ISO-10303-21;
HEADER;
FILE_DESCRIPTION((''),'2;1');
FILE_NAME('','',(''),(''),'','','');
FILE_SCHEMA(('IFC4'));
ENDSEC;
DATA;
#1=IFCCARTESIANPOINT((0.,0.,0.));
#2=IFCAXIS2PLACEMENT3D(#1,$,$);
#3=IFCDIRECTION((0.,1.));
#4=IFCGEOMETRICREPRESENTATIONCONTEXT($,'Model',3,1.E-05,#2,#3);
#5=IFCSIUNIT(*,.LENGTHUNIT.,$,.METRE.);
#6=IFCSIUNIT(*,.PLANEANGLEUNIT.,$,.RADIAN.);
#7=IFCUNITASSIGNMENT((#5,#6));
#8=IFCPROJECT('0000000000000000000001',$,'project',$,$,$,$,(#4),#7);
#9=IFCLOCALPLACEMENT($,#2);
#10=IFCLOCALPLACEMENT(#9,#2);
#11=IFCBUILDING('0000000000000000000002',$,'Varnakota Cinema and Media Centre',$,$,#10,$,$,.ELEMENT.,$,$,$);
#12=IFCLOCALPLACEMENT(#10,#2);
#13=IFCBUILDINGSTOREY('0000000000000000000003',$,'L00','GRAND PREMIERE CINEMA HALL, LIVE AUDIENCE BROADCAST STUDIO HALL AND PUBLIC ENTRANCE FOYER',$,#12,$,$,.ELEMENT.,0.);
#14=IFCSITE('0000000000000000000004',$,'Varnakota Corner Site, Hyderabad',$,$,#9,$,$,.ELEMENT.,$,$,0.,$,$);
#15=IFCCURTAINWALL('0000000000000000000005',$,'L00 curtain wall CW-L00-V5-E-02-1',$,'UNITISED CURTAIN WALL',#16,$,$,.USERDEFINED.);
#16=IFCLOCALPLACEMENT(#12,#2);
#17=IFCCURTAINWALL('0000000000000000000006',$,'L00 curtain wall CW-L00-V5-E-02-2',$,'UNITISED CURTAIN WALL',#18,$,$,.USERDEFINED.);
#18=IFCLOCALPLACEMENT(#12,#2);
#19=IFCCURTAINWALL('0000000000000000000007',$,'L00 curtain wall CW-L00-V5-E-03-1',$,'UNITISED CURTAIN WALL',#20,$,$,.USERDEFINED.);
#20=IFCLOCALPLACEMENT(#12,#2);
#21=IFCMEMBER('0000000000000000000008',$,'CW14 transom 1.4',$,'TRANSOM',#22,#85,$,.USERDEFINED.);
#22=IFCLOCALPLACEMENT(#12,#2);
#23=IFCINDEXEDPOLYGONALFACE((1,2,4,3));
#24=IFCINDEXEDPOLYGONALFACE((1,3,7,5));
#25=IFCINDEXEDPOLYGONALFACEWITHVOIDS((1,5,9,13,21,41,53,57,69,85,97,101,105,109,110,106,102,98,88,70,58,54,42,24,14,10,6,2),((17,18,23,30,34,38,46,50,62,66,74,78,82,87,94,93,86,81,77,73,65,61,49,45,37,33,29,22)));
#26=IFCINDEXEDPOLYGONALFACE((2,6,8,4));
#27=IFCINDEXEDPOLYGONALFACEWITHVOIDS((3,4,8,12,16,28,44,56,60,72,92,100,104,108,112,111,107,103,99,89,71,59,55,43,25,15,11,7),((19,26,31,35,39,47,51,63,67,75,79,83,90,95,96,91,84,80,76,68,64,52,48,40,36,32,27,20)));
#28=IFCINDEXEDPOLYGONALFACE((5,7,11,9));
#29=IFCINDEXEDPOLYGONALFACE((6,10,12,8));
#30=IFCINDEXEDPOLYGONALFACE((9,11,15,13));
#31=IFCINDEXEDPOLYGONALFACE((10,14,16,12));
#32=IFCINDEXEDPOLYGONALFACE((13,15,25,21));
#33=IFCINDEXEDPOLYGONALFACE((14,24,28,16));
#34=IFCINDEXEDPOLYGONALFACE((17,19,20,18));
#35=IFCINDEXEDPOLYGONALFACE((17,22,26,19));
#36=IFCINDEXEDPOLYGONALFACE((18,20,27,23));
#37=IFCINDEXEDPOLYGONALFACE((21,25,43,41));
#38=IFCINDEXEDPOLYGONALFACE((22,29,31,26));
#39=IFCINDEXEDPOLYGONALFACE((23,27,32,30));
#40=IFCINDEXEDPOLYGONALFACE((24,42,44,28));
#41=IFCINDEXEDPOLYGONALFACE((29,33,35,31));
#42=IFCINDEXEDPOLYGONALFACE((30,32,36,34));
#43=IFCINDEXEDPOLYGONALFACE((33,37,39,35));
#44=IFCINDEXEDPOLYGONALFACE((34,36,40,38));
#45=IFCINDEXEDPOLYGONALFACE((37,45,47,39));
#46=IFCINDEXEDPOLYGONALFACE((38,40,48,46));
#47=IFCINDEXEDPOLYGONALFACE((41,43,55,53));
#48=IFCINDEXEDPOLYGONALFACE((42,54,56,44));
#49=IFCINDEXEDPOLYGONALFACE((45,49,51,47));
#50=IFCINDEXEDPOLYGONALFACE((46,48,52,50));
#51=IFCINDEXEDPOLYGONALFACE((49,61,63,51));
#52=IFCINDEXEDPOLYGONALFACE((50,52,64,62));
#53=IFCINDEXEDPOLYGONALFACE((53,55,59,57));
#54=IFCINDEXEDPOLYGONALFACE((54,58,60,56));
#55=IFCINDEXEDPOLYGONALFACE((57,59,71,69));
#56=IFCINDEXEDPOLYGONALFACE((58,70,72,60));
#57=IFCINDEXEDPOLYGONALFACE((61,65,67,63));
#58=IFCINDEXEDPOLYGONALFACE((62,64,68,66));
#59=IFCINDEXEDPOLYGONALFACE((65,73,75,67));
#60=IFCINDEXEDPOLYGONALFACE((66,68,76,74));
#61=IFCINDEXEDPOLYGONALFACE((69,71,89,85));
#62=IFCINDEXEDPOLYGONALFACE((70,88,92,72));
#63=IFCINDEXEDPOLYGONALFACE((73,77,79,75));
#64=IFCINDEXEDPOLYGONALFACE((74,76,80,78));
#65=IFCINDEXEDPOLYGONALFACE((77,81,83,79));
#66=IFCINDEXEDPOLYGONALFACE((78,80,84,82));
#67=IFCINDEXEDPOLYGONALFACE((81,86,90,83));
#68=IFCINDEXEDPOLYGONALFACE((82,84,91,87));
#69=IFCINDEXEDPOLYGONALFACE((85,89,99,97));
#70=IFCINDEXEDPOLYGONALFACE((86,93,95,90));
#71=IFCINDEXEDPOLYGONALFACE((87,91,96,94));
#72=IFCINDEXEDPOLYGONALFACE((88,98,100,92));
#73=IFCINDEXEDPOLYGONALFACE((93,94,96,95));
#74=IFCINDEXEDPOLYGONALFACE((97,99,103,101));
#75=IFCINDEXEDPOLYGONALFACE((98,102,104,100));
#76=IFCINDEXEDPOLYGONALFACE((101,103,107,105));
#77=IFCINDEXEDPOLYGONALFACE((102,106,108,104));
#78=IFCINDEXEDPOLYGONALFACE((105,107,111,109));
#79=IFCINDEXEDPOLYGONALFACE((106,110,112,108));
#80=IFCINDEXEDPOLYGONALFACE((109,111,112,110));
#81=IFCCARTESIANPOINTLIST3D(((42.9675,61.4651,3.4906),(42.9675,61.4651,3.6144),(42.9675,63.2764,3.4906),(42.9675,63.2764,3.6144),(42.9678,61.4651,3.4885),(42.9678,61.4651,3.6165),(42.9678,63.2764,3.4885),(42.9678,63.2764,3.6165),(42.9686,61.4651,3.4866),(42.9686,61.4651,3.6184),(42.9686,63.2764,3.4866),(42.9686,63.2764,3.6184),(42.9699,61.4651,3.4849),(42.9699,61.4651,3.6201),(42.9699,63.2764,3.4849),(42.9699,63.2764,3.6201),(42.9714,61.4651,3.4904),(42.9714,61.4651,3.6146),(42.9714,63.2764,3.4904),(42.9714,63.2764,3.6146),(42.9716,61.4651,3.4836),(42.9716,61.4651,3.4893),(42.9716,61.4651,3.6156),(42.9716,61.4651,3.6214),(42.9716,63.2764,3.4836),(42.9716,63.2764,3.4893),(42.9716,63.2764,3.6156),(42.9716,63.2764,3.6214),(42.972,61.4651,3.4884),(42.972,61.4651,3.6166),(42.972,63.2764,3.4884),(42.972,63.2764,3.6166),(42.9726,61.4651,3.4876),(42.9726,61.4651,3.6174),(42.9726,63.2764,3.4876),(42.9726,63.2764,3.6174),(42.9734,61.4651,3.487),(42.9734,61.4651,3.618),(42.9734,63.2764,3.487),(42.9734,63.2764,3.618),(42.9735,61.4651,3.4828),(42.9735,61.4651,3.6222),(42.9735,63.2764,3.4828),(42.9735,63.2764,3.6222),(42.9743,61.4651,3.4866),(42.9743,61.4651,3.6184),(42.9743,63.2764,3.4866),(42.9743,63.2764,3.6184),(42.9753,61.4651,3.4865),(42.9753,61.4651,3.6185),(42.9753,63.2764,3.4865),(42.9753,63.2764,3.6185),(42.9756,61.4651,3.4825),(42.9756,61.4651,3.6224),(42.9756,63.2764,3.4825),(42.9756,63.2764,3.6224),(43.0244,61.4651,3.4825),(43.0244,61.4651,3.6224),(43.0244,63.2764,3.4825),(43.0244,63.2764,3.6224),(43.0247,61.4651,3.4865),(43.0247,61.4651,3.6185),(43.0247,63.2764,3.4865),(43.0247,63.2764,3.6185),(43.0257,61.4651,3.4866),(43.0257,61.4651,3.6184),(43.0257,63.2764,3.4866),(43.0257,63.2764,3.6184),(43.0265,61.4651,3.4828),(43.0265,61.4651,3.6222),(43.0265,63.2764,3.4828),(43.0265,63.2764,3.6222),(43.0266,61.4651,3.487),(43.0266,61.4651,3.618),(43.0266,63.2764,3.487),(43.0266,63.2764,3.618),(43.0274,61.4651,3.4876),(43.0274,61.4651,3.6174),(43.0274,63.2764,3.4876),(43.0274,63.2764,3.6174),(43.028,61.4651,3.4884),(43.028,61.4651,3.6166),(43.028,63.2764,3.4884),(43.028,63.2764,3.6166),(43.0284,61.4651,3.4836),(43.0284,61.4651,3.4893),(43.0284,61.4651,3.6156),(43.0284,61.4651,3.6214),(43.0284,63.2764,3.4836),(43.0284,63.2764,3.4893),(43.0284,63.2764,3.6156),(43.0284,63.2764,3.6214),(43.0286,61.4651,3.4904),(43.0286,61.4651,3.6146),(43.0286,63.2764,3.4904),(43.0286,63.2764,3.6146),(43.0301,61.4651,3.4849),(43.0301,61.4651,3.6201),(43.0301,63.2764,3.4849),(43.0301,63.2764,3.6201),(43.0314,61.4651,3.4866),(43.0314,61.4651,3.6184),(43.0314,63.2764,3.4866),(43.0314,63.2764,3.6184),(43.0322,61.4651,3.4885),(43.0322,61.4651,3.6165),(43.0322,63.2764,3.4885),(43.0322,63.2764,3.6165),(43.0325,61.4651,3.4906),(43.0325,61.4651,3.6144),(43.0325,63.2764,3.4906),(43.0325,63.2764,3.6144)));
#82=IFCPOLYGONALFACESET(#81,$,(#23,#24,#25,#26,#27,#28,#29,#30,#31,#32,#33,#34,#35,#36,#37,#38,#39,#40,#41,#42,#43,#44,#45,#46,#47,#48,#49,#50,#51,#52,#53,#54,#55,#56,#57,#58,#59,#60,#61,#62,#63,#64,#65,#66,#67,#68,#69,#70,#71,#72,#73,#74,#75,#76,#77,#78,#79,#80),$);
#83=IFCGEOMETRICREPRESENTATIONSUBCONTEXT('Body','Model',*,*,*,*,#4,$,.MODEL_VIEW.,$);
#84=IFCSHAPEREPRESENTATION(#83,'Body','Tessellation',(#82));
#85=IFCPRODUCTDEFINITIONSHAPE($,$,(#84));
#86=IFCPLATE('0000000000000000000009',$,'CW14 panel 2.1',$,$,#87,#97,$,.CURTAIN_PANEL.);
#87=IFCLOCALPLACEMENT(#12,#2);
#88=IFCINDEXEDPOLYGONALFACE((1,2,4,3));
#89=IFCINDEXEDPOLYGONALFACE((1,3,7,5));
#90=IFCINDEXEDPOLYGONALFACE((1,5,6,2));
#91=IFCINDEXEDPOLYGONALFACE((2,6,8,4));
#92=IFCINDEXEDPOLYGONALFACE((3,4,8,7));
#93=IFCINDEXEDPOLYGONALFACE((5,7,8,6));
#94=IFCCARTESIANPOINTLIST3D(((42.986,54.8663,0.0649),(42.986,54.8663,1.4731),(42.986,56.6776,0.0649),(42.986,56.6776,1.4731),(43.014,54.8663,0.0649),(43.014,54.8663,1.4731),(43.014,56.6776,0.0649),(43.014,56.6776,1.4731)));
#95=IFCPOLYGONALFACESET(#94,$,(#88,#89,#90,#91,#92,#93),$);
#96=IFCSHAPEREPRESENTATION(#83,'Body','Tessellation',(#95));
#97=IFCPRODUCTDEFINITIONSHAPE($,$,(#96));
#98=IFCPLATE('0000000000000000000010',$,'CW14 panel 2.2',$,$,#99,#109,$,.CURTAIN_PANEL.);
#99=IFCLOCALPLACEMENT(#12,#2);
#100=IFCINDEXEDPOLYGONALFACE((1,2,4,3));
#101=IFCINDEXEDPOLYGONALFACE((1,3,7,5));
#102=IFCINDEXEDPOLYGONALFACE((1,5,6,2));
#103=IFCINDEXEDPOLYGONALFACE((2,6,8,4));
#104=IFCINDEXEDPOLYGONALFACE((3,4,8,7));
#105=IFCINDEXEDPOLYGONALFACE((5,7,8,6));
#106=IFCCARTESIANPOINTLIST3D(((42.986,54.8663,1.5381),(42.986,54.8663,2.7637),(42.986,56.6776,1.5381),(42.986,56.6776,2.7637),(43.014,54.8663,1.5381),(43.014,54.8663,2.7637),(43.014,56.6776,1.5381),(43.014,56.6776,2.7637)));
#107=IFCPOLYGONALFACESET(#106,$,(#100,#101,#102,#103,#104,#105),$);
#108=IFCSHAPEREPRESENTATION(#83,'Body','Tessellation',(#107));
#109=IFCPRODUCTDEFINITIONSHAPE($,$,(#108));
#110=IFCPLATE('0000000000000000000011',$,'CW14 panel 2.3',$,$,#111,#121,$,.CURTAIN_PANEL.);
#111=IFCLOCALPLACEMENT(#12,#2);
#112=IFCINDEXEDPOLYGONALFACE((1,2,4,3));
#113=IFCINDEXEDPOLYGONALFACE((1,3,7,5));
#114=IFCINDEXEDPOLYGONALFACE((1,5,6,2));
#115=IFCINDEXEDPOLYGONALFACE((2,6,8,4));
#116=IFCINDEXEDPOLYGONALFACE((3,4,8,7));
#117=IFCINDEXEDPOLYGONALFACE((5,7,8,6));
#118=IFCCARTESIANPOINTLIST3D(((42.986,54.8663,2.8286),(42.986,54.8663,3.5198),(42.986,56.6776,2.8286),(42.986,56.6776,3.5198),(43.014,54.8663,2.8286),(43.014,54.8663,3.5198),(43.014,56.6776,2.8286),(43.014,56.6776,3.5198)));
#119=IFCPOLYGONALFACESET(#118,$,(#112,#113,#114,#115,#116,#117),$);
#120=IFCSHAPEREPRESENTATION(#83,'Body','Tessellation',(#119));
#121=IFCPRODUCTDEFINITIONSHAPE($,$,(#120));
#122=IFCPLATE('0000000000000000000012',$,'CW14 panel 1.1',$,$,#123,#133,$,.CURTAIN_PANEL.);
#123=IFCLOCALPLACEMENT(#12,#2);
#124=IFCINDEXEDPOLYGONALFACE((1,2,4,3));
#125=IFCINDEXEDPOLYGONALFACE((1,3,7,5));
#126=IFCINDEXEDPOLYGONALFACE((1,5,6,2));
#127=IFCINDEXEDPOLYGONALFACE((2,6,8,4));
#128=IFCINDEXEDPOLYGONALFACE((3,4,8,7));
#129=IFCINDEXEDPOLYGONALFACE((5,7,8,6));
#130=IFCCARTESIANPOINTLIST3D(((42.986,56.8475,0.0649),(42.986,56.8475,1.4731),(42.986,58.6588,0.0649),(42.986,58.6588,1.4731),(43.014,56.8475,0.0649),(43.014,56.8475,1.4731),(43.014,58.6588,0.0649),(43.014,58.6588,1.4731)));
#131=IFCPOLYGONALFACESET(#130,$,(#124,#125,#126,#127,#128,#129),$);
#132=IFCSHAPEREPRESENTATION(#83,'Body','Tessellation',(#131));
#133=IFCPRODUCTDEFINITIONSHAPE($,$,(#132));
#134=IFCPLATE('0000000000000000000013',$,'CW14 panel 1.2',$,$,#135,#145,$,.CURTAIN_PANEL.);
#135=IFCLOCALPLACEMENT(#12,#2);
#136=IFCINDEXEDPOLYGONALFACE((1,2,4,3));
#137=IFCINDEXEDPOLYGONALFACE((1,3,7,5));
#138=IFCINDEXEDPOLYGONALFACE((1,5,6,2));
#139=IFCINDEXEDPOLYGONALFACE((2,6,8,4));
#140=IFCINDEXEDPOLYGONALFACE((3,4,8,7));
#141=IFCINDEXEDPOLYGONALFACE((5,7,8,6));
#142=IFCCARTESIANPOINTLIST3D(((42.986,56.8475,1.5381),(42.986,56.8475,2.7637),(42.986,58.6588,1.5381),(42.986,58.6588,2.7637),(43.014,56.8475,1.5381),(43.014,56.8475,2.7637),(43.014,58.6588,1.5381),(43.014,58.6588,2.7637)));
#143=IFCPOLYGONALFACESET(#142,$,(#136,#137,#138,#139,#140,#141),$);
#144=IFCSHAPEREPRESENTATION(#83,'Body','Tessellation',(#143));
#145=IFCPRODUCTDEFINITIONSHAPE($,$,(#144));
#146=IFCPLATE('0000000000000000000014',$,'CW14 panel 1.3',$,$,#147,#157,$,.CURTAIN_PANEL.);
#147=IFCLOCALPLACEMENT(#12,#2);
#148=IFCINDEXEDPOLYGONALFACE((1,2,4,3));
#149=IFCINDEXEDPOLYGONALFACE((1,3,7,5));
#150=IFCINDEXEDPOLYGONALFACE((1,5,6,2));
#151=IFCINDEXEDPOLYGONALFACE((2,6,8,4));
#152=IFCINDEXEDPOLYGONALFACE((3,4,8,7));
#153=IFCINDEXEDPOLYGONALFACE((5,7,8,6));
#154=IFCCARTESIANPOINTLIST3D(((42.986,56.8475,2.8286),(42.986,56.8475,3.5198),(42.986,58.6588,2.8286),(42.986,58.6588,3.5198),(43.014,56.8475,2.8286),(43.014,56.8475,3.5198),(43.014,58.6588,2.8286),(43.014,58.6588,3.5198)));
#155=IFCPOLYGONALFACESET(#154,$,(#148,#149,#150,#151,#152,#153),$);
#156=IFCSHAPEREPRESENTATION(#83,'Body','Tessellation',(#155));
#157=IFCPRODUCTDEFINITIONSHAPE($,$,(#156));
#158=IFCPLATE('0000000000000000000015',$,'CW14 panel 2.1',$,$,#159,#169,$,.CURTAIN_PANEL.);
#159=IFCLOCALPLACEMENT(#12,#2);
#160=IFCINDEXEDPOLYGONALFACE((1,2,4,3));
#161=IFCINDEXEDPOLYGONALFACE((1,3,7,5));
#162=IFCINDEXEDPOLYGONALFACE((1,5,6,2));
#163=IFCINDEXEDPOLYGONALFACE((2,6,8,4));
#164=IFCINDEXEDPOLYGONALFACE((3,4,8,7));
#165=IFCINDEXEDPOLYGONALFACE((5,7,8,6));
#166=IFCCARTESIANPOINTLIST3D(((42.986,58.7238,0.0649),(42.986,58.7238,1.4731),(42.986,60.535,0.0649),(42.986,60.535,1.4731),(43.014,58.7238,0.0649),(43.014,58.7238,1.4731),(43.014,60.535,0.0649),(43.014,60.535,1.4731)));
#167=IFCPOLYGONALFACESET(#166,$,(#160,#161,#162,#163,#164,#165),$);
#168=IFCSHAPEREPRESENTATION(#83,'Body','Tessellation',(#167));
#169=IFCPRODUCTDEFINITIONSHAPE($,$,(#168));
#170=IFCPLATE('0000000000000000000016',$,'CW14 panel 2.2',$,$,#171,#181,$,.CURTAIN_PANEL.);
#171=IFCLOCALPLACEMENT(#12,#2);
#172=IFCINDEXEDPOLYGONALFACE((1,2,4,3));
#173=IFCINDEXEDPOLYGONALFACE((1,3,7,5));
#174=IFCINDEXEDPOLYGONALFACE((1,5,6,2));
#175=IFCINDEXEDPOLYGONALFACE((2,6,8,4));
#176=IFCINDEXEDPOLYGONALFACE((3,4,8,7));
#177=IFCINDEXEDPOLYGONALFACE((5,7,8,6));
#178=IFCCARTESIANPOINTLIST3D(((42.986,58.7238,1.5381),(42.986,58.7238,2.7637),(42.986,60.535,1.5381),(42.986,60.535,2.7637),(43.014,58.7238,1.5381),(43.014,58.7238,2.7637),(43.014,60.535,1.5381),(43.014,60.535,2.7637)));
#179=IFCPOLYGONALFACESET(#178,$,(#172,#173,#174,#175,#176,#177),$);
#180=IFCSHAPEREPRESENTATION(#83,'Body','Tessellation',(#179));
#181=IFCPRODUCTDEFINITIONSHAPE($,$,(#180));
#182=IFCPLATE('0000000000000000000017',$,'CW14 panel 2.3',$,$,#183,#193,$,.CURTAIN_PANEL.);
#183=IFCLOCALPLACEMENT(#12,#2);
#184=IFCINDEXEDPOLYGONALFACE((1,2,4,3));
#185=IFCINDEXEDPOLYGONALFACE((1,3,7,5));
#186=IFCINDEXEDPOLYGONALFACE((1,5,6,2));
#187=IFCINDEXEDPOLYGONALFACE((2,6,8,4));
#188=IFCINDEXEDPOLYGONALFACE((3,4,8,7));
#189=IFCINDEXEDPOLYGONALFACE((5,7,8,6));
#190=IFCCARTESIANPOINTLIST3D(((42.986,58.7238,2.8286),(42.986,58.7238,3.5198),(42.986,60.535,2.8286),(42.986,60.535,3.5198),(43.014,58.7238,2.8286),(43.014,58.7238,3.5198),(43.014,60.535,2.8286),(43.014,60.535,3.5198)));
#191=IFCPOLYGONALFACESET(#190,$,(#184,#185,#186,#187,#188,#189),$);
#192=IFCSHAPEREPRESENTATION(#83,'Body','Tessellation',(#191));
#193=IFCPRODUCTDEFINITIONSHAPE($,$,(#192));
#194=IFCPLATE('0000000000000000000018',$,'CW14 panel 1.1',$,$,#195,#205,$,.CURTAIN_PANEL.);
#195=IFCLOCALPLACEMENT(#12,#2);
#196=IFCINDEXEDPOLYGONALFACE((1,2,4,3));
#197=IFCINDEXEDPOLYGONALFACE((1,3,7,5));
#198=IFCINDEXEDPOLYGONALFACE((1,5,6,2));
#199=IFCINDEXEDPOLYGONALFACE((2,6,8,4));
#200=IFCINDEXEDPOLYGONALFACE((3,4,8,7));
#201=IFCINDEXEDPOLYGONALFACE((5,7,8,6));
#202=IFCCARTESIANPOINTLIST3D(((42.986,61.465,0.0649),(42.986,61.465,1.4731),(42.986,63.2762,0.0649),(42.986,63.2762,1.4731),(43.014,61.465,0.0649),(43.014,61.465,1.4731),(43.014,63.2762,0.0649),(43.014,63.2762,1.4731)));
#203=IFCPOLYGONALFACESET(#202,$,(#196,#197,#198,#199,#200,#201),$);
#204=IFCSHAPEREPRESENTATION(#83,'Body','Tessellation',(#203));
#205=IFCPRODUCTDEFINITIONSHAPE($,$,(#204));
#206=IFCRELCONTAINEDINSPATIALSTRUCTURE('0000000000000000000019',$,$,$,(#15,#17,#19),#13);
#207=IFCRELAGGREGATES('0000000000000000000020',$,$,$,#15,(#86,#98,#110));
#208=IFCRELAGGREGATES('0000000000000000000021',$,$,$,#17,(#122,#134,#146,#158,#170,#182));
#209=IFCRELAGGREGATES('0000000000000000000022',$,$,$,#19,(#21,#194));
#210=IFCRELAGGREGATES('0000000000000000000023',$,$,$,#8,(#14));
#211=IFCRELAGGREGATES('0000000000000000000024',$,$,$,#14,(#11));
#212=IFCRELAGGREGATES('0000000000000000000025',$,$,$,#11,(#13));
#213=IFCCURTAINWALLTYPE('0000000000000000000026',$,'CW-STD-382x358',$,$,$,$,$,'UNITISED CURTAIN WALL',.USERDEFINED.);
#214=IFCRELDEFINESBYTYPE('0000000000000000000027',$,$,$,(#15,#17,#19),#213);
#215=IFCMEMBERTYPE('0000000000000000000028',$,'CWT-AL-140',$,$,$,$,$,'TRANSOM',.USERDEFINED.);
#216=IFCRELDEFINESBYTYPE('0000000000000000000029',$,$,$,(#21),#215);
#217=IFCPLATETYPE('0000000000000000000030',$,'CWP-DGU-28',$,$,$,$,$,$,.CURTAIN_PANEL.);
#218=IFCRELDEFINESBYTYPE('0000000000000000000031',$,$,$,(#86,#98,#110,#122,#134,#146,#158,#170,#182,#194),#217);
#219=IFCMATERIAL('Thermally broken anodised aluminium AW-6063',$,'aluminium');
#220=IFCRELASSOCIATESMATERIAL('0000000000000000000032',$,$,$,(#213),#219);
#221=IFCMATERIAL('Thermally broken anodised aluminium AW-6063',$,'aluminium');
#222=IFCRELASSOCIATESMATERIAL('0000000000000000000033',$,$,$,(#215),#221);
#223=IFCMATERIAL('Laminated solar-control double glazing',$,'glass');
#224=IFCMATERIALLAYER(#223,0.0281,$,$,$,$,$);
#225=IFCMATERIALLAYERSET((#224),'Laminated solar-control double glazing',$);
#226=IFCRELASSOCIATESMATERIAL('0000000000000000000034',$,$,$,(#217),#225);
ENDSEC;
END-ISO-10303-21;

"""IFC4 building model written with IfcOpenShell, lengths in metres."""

from ifc_helpers import new_model, si_unit, direction, frame, origin, origin_2d, place, context, subcontext, project, spatial, rectangle, hollow_rectangle, extrude, material, layer, layer_set, material_profile, profile_set, type_object, element, aggregate, save


model = new_model("IFC4")

# Units and contexts
model_context = context("Model", 3, precision=1e-05, world=origin(), true_north=direction((0.0, 1.0)))
body_context = subcontext(model_context, "Body", "Model", "MODEL_VIEW")
ifc_project = project(units=[si_unit("LENGTHUNIT", "METRE"), si_unit("PLANEANGLEUNIT", "RADIAN")], contexts=[model_context])

# Site, building, storey
site_placement = place(None, origin())
site = spatial("IfcSite", under=ifc_project, at=site_placement, Name="Varnakota Corner Site, Hyderabad", CompositionType="ELEMENT", RefElevation=0.0)
building_placement = place(site_placement, origin())
building = spatial("IfcBuilding", under=site, at=building_placement, Name="Varnakota Cinema and Media Centre", CompositionType="ELEMENT")
storey_placement = place(building_placement, origin())
storey = spatial("IfcBuildingStorey", under=building, at=storey_placement, Name="L00", Description="GRAND PREMIERE CINEMA HALL, LIVE AUDIENCE BROADCAST STUDIO HALL AND PUBLIC ENTRANCE FOYER", CompositionType="ELEMENT", Elevation=0.0)

# Curtain wall
ifc_material_1 = material(Name="Thermally broken anodised aluminium AW-6063", Category="aluminium")
curtain_wall_type = type_object("IfcCurtainWallType", Name="CW-STD-382x358", ElementType="UNITISED CURTAIN WALL", PredefinedType="USERDEFINED", material=ifc_material_1)
curtain_wall_1_placement = place(storey_placement, origin())
curtain_wall_1 = element("IfcCurtainWall", 1, at=curtain_wall_1_placement, inside=storey, type_object=curtain_wall_type, Name="L00 curtain wall CW-L00-V5-E-02-1", ObjectType="UNITISED CURTAIN WALL", PredefinedType="USERDEFINED")

# Curtain walls
curtain_wall_2_placement = place(storey_placement, origin())
curtain_wall_2 = element("IfcCurtainWall", 2, at=curtain_wall_2_placement, inside=storey, type_object=curtain_wall_type, Name="L00 curtain wall CW-L00-V5-E-02-2", ObjectType="UNITISED CURTAIN WALL", PredefinedType="USERDEFINED")
curtain_wall_3_placement = place(storey_placement, origin())
curtain_wall_3 = element("IfcCurtainWall", 3, at=curtain_wall_3_placement, inside=storey, type_object=curtain_wall_type, Name="L00 curtain wall CW-L00-V5-E-03-1", ObjectType="UNITISED CURTAIN WALL", PredefinedType="USERDEFINED")

# Member
ifc_material_2 = material(Name="Thermally broken anodised aluminium AW-6063", Category="aluminium")
ifc_material_profile_1 = material_profile(ifc_material_2, hollow_rectangle(XDim=0.0649, YDim=0.1399, WallThickness=0.0039, InnerFilletRadius=0.0039, OuterFilletRadius=0.0081, at=origin_2d()), Name="AL-TRANSOM 140x65x4")
ifc_profile_set_1 = profile_set([ifc_material_profile_1], Name="Thermally broken anodised aluminium AW-6063")
member_type_1 = type_object("IfcMemberType", Name="CWT-AL-140", ElementType="TRANSOM", PredefinedType="USERDEFINED", material=ifc_profile_set_1)
member_1_placement = place(storey_placement, frame((43.0, 61.4651, 3.5525), z_axis=(0.0, 1.0, 0.0), x_axis=(-1.0, 0.0, 0.0)))
member_1 = element("IfcMember", 4, at=member_1_placement, type_object=member_type_1, Name="CW14 transom 1.4", ObjectType="TRANSOM", PredefinedType="USERDEFINED", context=body_context, shape_type="SweptSolid", body=[
    extrude(hollow_rectangle(XDim=0.0649, YDim=0.1399, WallThickness=0.0039, InnerFilletRadius=0.0039, OuterFilletRadius=0.0081, at=origin_2d()), origin(), (0.0, 0.0, 1.0), 1.8113),
])

# Plates
ifc_material_3 = material(Name="Laminated solar-control double glazing", Category="glass")
ifc_layer = layer(ifc_material_3, 0.0281)
ifc_layer_set = layer_set([ifc_layer], Name="Laminated solar-control double glazing")
plate_type = type_object("IfcPlateType", Name="CWP-DGU-28", PredefinedType="CURTAIN_PANEL", material=ifc_layer_set)
plate_1_placement = place(storey_placement, frame((43.0, 55.772, 0.0649), z_axis=(0.0, 0.0, 1.0), x_axis=(0.0, 1.0, 0.0)))
plate_1 = element("IfcPlate", 5, at=plate_1_placement, type_object=plate_type, Name="CW14 panel 2.1", PredefinedType="CURTAIN_PANEL", context=body_context, shape_type="SweptSolid", body=[
    extrude(rectangle(XDim=1.8113, YDim=0.0281, at=origin_2d()), origin(), (0.0, 0.0, 1.0), 1.4082),
])
plate_2_placement = place(storey_placement, frame((43.0, 55.772, 1.5381), z_axis=(0.0, 0.0, 1.0), x_axis=(0.0, 1.0, 0.0)))
plate_2 = element("IfcPlate", 6, at=plate_2_placement, type_object=plate_type, Name="CW14 panel 2.2", PredefinedType="CURTAIN_PANEL", context=body_context, shape_type="SweptSolid", body=[
    extrude(rectangle(XDim=1.8113, YDim=0.0281, at=origin_2d()), origin(), (0.0, 0.0, 1.0), 1.2256),
])
plate_3_placement = place(storey_placement, frame((43.0, 55.772, 2.8286), z_axis=(0.0, 0.0, 1.0), x_axis=(0.0, 1.0, 0.0)))
plate_3 = element("IfcPlate", 7, at=plate_3_placement, type_object=plate_type, Name="CW14 panel 2.3", PredefinedType="CURTAIN_PANEL", context=body_context, shape_type="SweptSolid", body=[
    extrude(rectangle(XDim=1.8113, YDim=0.0281, at=origin_2d()), origin(), (0.0, 0.0, 1.0), 0.6912),
])
aggregate(curtain_wall_1, [plate_1, plate_2, plate_3])
plate_4_placement = place(storey_placement, frame((43.0, 57.7532, 0.0649), z_axis=(0.0, 0.0, 1.0), x_axis=(0.0, 1.0, 0.0)))
plate_4 = element("IfcPlate", 8, at=plate_4_placement, type_object=plate_type, Name="CW14 panel 1.1", PredefinedType="CURTAIN_PANEL", context=body_context, shape_type="SweptSolid", body=[
    extrude(rectangle(XDim=1.8113, YDim=0.0281, at=origin_2d()), origin(), (0.0, 0.0, 1.0), 1.4082),
])
plate_5_placement = place(storey_placement, frame((43.0, 57.7532, 1.5381), z_axis=(0.0, 0.0, 1.0), x_axis=(0.0, 1.0, 0.0)))
plate_5 = element("IfcPlate", 9, at=plate_5_placement, type_object=plate_type, Name="CW14 panel 1.2", PredefinedType="CURTAIN_PANEL", context=body_context, shape_type="SweptSolid", body=[
    extrude(rectangle(XDim=1.8113, YDim=0.0281, at=origin_2d()), origin(), (0.0, 0.0, 1.0), 1.2256),
])
plate_6_placement = place(storey_placement, frame((43.0, 57.7532, 2.8286), z_axis=(0.0, 0.0, 1.0), x_axis=(0.0, 1.0, 0.0)))
plate_6 = element("IfcPlate", 10, at=plate_6_placement, type_object=plate_type, Name="CW14 panel 1.3", PredefinedType="CURTAIN_PANEL", context=body_context, shape_type="SweptSolid", body=[
    extrude(rectangle(XDim=1.8113, YDim=0.0281, at=origin_2d()), origin(), (0.0, 0.0, 1.0), 0.6912),
])
plate_7_placement = place(storey_placement, frame((43.0, 59.6294, 0.0649), z_axis=(0.0, 0.0, 1.0), x_axis=(0.0, 1.0, 0.0)))
plate_7 = element("IfcPlate", 11, at=plate_7_placement, type_object=plate_type, Name="CW14 panel 2.1", PredefinedType="CURTAIN_PANEL", context=body_context, shape_type="SweptSolid", body=[
    extrude(rectangle(XDim=1.8113, YDim=0.0281, at=origin_2d()), origin(), (0.0, 0.0, 1.0), 1.4082),
])
plate_8_placement = place(storey_placement, frame((43.0, 59.6294, 1.5381), z_axis=(0.0, 0.0, 1.0), x_axis=(0.0, 1.0, 0.0)))
plate_8 = element("IfcPlate", 12, at=plate_8_placement, type_object=plate_type, Name="CW14 panel 2.2", PredefinedType="CURTAIN_PANEL", context=body_context, shape_type="SweptSolid", body=[
    extrude(rectangle(XDim=1.8113, YDim=0.0281, at=origin_2d()), origin(), (0.0, 0.0, 1.0), 1.2256),
])
plate_9_placement = place(storey_placement, frame((43.0, 59.6294, 2.8286), z_axis=(0.0, 0.0, 1.0), x_axis=(0.0, 1.0, 0.0)))
plate_9 = element("IfcPlate", 13, at=plate_9_placement, type_object=plate_type, Name="CW14 panel 2.3", PredefinedType="CURTAIN_PANEL", context=body_context, shape_type="SweptSolid", body=[
    extrude(rectangle(XDim=1.8113, YDim=0.0281, at=origin_2d()), origin(), (0.0, 0.0, 1.0), 0.6912),
])
aggregate(curtain_wall_2, [plate_4, plate_5, plate_6, plate_7, plate_8, plate_9])
plate_10_placement = place(storey_placement, frame((43.0, 62.3706, 0.0649), z_axis=(0.0, 0.0, 1.0), x_axis=(0.0, 1.0, 0.0)))
plate_10 = element("IfcPlate", 14, at=plate_10_placement, type_object=plate_type, Name="CW14 panel 1.1", PredefinedType="CURTAIN_PANEL", context=body_context, shape_type="SweptSolid", body=[
    extrude(rectangle(XDim=1.8113, YDim=0.0281, at=origin_2d()), origin(), (0.0, 0.0, 1.0), 1.4082),
])
aggregate(curtain_wall_3, [member_1, plate_10])

save(model, "model.ifc")
